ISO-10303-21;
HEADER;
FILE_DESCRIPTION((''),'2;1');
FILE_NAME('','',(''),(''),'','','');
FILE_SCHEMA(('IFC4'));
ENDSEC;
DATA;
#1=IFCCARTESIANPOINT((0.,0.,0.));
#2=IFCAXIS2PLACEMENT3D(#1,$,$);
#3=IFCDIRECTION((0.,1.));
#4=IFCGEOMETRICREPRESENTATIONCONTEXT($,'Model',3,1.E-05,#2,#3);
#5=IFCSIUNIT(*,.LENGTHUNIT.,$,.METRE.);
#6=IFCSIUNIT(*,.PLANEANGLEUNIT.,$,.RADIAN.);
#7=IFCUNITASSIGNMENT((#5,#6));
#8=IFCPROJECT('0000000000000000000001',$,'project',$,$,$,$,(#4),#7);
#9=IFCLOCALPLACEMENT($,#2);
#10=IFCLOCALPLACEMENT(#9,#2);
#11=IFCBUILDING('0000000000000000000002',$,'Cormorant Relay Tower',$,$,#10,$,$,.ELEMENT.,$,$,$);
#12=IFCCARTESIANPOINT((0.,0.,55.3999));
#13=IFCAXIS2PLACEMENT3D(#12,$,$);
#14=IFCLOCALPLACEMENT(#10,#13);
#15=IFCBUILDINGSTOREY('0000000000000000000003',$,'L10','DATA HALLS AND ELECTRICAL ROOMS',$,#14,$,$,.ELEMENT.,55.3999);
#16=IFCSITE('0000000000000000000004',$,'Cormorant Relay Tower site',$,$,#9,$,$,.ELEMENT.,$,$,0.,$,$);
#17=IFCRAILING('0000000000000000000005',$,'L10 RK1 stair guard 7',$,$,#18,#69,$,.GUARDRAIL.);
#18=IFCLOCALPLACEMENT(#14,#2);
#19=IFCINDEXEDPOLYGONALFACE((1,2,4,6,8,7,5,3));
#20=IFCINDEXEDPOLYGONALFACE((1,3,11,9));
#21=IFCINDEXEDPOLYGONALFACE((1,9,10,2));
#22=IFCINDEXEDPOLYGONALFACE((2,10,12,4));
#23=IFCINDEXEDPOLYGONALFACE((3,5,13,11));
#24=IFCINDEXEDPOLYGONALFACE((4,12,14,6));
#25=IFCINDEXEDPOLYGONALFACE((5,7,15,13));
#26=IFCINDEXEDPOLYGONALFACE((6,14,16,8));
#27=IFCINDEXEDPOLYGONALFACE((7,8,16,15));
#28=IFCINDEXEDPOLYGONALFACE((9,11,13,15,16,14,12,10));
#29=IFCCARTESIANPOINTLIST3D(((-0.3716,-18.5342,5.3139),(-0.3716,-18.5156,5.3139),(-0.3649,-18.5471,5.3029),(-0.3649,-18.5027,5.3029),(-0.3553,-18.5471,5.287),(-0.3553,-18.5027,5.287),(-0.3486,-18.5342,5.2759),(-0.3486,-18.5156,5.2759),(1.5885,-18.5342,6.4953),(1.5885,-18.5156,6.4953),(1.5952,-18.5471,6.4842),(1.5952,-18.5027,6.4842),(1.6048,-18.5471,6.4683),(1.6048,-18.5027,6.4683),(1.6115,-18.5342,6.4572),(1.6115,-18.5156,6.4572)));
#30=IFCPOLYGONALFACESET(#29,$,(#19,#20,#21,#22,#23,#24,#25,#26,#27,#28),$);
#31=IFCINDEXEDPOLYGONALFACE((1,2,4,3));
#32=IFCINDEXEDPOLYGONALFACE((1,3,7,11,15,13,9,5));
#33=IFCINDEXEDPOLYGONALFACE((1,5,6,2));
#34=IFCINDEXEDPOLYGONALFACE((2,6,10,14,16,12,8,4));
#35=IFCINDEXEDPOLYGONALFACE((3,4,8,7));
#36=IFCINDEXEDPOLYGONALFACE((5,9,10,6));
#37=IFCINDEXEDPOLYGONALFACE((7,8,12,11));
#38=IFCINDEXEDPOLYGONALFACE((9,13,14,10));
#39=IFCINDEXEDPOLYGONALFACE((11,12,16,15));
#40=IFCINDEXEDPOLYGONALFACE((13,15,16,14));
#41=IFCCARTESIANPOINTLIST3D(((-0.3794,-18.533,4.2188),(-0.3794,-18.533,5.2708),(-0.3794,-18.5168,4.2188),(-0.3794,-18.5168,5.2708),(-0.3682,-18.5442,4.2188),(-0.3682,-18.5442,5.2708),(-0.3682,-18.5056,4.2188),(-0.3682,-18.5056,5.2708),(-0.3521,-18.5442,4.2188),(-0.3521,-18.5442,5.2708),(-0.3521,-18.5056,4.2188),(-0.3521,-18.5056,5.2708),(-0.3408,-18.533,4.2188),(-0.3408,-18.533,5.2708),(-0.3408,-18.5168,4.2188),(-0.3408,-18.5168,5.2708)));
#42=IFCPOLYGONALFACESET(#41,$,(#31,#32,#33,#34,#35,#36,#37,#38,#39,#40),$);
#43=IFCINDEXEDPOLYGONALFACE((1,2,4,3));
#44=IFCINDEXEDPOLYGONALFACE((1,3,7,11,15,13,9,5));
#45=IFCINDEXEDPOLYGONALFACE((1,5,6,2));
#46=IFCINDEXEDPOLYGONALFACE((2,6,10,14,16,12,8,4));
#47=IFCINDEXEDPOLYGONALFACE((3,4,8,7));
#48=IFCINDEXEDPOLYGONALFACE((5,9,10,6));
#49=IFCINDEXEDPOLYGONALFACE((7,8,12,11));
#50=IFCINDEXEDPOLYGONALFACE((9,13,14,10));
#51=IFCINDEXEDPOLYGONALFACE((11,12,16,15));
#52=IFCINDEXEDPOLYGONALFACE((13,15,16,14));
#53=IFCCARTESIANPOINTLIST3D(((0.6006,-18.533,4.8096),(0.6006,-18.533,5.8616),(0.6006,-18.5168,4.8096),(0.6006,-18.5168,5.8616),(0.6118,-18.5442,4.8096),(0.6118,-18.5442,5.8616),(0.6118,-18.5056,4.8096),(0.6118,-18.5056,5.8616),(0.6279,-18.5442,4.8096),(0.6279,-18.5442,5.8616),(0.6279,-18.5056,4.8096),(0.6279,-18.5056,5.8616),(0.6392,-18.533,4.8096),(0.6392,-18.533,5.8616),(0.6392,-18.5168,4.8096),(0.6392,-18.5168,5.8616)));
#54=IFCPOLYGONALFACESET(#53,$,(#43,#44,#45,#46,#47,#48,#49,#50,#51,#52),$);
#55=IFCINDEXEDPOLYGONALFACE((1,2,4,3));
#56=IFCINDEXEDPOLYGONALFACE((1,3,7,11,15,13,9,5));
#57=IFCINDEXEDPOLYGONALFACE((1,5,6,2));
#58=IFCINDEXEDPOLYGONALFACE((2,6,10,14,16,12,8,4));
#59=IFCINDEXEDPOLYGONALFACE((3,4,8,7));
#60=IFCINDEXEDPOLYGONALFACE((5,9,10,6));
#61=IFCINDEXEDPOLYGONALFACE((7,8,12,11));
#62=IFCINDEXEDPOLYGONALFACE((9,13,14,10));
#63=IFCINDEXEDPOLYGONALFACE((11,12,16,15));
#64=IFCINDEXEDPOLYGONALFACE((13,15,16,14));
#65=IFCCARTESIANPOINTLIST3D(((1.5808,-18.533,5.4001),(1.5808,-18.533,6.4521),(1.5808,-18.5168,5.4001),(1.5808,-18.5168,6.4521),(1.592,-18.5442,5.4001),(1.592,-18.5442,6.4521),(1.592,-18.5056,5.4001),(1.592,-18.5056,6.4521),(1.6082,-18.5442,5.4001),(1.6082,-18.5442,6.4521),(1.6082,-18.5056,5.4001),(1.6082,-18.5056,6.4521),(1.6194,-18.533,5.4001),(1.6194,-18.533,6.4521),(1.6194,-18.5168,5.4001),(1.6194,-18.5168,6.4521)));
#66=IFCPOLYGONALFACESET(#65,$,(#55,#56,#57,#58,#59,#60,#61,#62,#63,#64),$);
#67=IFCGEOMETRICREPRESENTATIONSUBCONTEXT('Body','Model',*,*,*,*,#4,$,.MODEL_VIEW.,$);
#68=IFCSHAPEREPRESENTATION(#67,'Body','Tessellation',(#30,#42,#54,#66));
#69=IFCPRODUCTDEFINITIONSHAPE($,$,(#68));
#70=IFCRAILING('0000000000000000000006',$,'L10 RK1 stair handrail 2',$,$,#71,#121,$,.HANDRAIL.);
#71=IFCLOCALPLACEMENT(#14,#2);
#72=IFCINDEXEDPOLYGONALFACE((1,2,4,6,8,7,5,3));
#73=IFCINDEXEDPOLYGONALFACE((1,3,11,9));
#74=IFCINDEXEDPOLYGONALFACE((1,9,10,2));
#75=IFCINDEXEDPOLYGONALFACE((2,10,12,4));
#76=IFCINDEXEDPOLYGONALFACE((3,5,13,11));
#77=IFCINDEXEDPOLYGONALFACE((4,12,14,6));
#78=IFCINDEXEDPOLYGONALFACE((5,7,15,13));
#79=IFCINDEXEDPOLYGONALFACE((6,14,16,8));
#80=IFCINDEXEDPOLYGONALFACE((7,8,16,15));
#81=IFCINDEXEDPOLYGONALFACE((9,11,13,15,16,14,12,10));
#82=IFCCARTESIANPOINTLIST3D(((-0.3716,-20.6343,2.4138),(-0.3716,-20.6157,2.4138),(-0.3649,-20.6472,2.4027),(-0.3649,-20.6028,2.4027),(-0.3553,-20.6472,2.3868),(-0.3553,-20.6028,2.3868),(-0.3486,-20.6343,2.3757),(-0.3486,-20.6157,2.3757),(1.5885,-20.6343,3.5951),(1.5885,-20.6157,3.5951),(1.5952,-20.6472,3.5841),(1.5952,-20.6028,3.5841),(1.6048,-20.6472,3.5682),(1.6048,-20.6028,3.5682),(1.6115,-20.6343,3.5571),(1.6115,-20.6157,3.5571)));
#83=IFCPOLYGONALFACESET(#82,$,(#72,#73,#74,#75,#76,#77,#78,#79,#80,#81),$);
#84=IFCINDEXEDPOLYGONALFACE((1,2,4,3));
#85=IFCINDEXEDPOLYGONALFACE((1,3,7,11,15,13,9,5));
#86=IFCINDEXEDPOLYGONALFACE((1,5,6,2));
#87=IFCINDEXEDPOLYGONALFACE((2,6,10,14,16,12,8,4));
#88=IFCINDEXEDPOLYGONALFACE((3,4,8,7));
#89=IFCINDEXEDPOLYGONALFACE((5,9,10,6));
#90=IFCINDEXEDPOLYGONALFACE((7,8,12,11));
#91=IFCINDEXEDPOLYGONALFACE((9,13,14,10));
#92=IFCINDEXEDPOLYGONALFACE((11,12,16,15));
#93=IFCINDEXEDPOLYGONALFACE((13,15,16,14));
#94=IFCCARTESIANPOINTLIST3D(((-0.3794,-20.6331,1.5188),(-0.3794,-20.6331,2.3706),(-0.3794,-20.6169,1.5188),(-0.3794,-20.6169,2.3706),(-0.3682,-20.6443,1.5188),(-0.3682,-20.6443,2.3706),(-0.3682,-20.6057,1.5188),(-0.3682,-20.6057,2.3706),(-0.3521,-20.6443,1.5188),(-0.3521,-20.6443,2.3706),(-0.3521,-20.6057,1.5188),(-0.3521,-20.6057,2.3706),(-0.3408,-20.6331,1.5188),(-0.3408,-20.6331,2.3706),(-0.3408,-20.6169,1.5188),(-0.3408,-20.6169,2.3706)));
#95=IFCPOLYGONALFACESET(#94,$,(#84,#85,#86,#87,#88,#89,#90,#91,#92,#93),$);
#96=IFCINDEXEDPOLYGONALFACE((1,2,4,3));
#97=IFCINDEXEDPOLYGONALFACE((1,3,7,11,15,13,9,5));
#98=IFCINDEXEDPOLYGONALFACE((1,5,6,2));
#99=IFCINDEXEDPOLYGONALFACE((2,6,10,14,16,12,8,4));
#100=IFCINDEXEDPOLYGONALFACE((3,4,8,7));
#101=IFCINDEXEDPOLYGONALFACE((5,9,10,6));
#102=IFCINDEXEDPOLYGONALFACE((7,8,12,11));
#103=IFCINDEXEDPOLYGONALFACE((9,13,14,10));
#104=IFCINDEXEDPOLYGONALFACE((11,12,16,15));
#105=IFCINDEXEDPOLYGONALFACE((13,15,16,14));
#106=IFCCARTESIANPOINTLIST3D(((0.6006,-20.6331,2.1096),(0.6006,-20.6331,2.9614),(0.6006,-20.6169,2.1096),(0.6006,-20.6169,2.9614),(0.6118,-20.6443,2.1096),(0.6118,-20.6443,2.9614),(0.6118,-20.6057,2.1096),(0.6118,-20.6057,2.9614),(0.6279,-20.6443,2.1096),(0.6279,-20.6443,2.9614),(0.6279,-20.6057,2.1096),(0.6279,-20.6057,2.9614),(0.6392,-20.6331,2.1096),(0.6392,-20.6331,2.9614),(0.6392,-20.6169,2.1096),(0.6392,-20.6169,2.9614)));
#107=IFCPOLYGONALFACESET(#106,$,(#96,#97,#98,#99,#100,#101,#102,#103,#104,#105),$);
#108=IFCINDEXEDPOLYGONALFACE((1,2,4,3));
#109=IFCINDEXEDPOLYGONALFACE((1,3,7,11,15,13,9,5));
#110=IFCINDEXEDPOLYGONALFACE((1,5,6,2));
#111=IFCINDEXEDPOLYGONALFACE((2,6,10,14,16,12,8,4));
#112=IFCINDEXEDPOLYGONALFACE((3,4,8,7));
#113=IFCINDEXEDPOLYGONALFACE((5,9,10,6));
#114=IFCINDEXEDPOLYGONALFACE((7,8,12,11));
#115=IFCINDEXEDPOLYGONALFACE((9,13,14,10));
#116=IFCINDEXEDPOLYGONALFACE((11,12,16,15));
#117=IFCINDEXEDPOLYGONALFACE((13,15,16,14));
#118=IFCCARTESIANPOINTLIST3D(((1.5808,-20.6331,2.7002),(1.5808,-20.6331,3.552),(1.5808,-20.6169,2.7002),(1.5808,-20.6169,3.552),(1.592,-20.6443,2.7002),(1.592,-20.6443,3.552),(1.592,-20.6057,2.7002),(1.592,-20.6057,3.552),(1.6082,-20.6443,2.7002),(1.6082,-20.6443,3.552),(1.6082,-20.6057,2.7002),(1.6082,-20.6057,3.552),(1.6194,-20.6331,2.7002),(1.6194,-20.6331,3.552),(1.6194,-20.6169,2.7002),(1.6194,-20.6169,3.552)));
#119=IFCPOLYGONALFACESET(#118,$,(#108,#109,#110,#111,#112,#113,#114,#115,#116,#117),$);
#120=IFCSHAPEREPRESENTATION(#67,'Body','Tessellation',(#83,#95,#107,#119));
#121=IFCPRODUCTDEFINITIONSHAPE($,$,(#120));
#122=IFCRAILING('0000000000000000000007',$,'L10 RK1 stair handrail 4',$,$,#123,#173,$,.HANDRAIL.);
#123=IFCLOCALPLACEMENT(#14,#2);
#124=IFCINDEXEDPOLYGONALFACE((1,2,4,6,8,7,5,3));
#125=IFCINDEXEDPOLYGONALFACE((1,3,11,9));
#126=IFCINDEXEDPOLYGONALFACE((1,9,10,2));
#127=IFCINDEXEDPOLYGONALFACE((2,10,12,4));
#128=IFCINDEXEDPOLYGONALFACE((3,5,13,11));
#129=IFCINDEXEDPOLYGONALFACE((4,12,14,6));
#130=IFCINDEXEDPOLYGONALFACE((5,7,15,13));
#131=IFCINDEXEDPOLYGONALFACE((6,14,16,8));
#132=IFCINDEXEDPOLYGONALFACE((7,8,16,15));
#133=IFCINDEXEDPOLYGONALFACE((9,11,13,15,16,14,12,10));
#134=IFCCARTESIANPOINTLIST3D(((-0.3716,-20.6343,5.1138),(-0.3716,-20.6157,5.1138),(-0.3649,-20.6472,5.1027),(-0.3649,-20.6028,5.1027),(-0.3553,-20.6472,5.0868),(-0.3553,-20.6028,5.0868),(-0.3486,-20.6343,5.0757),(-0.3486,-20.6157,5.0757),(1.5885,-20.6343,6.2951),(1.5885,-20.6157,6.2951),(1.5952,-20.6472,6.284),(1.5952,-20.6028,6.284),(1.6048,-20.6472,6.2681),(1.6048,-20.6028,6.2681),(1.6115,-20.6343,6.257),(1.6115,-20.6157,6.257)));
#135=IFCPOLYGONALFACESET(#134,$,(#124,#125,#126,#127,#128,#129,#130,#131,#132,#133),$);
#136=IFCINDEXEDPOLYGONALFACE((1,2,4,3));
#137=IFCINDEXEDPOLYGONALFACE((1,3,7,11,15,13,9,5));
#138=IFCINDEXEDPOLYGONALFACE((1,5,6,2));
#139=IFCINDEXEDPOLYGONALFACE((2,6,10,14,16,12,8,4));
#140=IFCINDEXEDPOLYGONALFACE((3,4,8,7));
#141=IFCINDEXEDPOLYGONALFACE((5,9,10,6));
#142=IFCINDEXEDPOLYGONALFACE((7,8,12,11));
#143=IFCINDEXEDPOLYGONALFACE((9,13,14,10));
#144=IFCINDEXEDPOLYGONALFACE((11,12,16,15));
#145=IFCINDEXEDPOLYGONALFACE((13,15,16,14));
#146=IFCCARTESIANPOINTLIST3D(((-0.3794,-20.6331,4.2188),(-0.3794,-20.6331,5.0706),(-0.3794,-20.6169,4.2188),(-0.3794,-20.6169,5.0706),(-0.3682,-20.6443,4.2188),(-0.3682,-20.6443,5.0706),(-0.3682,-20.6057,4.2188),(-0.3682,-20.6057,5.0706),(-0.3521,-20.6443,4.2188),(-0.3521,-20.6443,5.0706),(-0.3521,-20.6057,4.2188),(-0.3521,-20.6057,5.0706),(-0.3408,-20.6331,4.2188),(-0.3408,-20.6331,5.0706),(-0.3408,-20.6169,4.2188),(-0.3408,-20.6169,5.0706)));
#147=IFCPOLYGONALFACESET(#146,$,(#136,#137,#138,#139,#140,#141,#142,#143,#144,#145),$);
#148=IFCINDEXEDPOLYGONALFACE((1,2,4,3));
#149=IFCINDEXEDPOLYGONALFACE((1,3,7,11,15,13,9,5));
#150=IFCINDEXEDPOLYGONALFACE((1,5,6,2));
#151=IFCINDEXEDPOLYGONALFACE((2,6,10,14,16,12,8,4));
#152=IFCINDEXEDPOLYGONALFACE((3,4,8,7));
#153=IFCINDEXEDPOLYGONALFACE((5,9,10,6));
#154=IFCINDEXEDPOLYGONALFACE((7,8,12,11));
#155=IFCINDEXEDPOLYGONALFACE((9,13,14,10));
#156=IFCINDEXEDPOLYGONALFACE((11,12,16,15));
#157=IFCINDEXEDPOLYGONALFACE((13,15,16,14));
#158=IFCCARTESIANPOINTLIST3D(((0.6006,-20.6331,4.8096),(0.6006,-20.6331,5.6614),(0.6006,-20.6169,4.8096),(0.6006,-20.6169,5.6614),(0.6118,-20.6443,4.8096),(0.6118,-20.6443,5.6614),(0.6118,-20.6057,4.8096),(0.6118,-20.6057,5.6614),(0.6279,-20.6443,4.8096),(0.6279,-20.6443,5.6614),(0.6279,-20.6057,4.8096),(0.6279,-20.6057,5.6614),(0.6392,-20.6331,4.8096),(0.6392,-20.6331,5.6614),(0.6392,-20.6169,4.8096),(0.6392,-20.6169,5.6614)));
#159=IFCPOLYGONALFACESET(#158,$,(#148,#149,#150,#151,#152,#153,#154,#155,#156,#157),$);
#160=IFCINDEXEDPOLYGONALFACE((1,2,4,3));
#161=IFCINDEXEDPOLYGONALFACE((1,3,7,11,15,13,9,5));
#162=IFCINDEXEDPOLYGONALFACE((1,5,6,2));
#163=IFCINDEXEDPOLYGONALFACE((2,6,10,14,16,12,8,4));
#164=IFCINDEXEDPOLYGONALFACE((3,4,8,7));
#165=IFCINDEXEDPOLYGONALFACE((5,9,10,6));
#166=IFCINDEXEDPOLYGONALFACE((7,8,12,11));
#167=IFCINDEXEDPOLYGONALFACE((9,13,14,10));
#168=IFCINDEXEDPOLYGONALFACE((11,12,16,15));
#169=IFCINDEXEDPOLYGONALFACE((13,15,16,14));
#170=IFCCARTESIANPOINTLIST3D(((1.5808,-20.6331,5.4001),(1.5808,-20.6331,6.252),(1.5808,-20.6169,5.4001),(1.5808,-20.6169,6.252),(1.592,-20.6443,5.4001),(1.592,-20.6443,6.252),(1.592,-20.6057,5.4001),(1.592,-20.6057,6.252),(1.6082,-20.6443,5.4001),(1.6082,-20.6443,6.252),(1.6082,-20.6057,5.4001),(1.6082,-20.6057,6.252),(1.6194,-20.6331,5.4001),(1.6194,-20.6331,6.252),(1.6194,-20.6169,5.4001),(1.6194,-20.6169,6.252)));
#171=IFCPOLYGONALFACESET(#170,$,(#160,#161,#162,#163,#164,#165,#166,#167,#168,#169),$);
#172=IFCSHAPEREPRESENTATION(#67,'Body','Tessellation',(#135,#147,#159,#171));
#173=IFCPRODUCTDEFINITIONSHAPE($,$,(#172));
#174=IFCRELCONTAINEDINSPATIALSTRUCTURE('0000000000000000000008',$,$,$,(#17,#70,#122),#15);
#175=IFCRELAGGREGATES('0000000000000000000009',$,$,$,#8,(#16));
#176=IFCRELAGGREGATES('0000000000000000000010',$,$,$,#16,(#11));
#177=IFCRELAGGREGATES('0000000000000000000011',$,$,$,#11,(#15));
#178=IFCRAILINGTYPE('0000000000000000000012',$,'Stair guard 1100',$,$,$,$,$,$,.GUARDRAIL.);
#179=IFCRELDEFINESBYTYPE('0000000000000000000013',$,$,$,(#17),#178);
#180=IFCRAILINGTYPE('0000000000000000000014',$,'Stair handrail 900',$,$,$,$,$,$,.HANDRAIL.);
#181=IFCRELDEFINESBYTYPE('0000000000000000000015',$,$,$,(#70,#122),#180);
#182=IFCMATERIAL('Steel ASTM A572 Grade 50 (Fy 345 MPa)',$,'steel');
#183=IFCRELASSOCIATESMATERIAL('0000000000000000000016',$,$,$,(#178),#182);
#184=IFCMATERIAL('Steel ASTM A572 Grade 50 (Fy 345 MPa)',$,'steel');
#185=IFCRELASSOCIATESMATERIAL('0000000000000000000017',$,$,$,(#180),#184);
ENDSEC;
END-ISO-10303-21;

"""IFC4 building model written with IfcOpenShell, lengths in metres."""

from ifc_helpers import new_model, si_unit, direction, frame, origin, place, context, subcontext, project, spatial, polyline, outline, extrude, material, type_object, element, save


model = new_model("IFC4")

# Units and contexts
model_context = context("Model", 3, precision=1e-05, world=origin(), true_north=direction((0.0, 1.0)))
body_context = subcontext(model_context, "Body", "Model", "MODEL_VIEW")
ifc_project = project(units=[si_unit("LENGTHUNIT", "METRE"), si_unit("PLANEANGLEUNIT", "RADIAN")], contexts=[model_context])

# Site, building, storey
site_placement = place(None, origin())
site = spatial("IfcSite", under=ifc_project, at=site_placement, Name="Cormorant Relay Tower site", CompositionType="ELEMENT", RefElevation=0.0)
building_placement = place(site_placement, origin())
building = spatial("IfcBuilding", under=site, at=building_placement, Name="Cormorant Relay Tower", CompositionType="ELEMENT")
storey_placement = place(building_placement, frame((0.0, 0.0, 55.3999)))
storey = spatial("IfcBuildingStorey", under=building, at=storey_placement, Name="L10", Description="DATA HALLS AND ELECTRICAL ROOMS", CompositionType="ELEMENT", Elevation=55.3999)

# Railings
ifc_material_1 = material(Name="Steel ASTM A572 Grade 50 (Fy 345 MPa)", Category="steel")
railing_type_1 = type_object("IfcRailingType", Name="Stair guard 1100", PredefinedType="GUARDRAIL", material=ifc_material_1)
railing_1_placement = place(storey_placement, frame((-0.3601, -18.5249, 4.2188)))
element("IfcRailing", 1, at=railing_1_placement, inside=storey, type_object=railing_type_1, Name="L10 RK1 stair guard 7", PredefinedType="GUARDRAIL", context=body_context, shape_type="SweptSolid", body=[
    extrude(outline(polyline([(0.0222, 0.0093), (0.0093, 0.0222), (-0.0093, 0.0222), (-0.0222, 0.0093), (-0.0222, -0.0093), (-0.0093, -0.0222), (0.0093, -0.0222), (0.0222, -0.0093), (0.0222, 0.0093)])), frame((0.0, 0.0, 1.0762), z_axis=(0.856475, 0.0, 0.516189), x_axis=(0.0, 1.0, 0.0)), (0.0, 0.0, 1.0), 2.2886),
    extrude(outline(polyline([(0.0193, 0.0081), (0.0081, 0.0193), (-0.0081, 0.0193), (-0.0193, 0.0081), (-0.0193, -0.0081), (-0.0081, -0.0193), (0.0081, -0.0193), (0.0193, -0.0081), (0.0193, 0.0081)])), origin(), (0.0, 0.0, 1.0), 1.052),
    extrude(outline(polyline([(0.0193, 0.0081), (0.0081, 0.0193), (-0.0081, 0.0193), (-0.0193, 0.0081), (-0.0193, -0.0081), (-0.0081, -0.0193), (0.0081, -0.0193), (0.0193, -0.0081), (0.0193, 0.0081)])), frame((0.98, 0.0, 0.5908)), (0.0, 0.0, 1.0), 1.052),
    extrude(outline(polyline([(0.0193, 0.0081), (0.0081, 0.0193), (-0.0081, 0.0193), (-0.0193, 0.0081), (-0.0193, -0.0081), (-0.0081, -0.0193), (0.0081, -0.0193), (0.0193, -0.0081), (0.0193, 0.0081)])), frame((1.9602, 0.0, 1.1814)), (0.0, 0.0, 1.0), 1.052),
])
ifc_material_2 = material(Name="Steel ASTM A572 Grade 50 (Fy 345 MPa)", Category="steel")
railing_type_2 = type_object("IfcRailingType", Name="Stair handrail 900", PredefinedType="HANDRAIL", material=ifc_material_2)
for number, where, name in (
    (2, (-0.3601, -20.625, 1.5188), "L10 RK1 stair handrail 2"),
    (3, (-0.3601, -20.625, 4.2188), "L10 RK1 stair handrail 4"),
):
    element("IfcRailing", number, at=place(storey_placement, frame(where)), inside=storey, type_object=railing_type_2, Name=name, PredefinedType="HANDRAIL", context=body_context, shape_type="SweptSolid", body=[
        extrude(outline(polyline([(0.0222, 0.0093), (0.0093, 0.0222), (-0.0093, 0.0222), (-0.0222, 0.0093), (-0.0222, -0.0093), (-0.0093, -0.0222), (0.0093, -0.0222), (0.0222, -0.0093), (0.0222, 0.0093)])), frame((0.0, 0.0, 0.876), z_axis=(0.856475, 0.0, 0.516189), x_axis=(0.0, 1.0, 0.0)), (0.0, 0.0, 1.0), 2.2886),
        extrude(outline(polyline([(0.0193, 0.0081), (0.0081, 0.0193), (-0.0081, 0.0193), (-0.0193, 0.0081), (-0.0193, -0.0081), (-0.0081, -0.0193), (0.0081, -0.0193), (0.0193, -0.0081), (0.0193, 0.0081)])), origin(), (0.0, 0.0, 1.0), 0.8518),
        extrude(outline(polyline([(0.0193, 0.0081), (0.0081, 0.0193), (-0.0081, 0.0193), (-0.0193, 0.0081), (-0.0193, -0.0081), (-0.0081, -0.0193), (0.0081, -0.0193), (0.0193, -0.0081), (0.0193, 0.0081)])), frame((0.98, 0.0, 0.5908)), (0.0, 0.0, 1.0), 0.8518),
        extrude(outline(polyline([(0.0193, 0.0081), (0.0081, 0.0193), (-0.0081, 0.0193), (-0.0193, 0.0081), (-0.0193, -0.0081), (-0.0081, -0.0193), (0.0081, -0.0193), (0.0193, -0.0081), (0.0193, 0.0081)])), frame((1.9602, 0.0, 1.1814)), (0.0, 0.0, 1.0), 0.8518),
    ])

save(model, "model.ifc")
